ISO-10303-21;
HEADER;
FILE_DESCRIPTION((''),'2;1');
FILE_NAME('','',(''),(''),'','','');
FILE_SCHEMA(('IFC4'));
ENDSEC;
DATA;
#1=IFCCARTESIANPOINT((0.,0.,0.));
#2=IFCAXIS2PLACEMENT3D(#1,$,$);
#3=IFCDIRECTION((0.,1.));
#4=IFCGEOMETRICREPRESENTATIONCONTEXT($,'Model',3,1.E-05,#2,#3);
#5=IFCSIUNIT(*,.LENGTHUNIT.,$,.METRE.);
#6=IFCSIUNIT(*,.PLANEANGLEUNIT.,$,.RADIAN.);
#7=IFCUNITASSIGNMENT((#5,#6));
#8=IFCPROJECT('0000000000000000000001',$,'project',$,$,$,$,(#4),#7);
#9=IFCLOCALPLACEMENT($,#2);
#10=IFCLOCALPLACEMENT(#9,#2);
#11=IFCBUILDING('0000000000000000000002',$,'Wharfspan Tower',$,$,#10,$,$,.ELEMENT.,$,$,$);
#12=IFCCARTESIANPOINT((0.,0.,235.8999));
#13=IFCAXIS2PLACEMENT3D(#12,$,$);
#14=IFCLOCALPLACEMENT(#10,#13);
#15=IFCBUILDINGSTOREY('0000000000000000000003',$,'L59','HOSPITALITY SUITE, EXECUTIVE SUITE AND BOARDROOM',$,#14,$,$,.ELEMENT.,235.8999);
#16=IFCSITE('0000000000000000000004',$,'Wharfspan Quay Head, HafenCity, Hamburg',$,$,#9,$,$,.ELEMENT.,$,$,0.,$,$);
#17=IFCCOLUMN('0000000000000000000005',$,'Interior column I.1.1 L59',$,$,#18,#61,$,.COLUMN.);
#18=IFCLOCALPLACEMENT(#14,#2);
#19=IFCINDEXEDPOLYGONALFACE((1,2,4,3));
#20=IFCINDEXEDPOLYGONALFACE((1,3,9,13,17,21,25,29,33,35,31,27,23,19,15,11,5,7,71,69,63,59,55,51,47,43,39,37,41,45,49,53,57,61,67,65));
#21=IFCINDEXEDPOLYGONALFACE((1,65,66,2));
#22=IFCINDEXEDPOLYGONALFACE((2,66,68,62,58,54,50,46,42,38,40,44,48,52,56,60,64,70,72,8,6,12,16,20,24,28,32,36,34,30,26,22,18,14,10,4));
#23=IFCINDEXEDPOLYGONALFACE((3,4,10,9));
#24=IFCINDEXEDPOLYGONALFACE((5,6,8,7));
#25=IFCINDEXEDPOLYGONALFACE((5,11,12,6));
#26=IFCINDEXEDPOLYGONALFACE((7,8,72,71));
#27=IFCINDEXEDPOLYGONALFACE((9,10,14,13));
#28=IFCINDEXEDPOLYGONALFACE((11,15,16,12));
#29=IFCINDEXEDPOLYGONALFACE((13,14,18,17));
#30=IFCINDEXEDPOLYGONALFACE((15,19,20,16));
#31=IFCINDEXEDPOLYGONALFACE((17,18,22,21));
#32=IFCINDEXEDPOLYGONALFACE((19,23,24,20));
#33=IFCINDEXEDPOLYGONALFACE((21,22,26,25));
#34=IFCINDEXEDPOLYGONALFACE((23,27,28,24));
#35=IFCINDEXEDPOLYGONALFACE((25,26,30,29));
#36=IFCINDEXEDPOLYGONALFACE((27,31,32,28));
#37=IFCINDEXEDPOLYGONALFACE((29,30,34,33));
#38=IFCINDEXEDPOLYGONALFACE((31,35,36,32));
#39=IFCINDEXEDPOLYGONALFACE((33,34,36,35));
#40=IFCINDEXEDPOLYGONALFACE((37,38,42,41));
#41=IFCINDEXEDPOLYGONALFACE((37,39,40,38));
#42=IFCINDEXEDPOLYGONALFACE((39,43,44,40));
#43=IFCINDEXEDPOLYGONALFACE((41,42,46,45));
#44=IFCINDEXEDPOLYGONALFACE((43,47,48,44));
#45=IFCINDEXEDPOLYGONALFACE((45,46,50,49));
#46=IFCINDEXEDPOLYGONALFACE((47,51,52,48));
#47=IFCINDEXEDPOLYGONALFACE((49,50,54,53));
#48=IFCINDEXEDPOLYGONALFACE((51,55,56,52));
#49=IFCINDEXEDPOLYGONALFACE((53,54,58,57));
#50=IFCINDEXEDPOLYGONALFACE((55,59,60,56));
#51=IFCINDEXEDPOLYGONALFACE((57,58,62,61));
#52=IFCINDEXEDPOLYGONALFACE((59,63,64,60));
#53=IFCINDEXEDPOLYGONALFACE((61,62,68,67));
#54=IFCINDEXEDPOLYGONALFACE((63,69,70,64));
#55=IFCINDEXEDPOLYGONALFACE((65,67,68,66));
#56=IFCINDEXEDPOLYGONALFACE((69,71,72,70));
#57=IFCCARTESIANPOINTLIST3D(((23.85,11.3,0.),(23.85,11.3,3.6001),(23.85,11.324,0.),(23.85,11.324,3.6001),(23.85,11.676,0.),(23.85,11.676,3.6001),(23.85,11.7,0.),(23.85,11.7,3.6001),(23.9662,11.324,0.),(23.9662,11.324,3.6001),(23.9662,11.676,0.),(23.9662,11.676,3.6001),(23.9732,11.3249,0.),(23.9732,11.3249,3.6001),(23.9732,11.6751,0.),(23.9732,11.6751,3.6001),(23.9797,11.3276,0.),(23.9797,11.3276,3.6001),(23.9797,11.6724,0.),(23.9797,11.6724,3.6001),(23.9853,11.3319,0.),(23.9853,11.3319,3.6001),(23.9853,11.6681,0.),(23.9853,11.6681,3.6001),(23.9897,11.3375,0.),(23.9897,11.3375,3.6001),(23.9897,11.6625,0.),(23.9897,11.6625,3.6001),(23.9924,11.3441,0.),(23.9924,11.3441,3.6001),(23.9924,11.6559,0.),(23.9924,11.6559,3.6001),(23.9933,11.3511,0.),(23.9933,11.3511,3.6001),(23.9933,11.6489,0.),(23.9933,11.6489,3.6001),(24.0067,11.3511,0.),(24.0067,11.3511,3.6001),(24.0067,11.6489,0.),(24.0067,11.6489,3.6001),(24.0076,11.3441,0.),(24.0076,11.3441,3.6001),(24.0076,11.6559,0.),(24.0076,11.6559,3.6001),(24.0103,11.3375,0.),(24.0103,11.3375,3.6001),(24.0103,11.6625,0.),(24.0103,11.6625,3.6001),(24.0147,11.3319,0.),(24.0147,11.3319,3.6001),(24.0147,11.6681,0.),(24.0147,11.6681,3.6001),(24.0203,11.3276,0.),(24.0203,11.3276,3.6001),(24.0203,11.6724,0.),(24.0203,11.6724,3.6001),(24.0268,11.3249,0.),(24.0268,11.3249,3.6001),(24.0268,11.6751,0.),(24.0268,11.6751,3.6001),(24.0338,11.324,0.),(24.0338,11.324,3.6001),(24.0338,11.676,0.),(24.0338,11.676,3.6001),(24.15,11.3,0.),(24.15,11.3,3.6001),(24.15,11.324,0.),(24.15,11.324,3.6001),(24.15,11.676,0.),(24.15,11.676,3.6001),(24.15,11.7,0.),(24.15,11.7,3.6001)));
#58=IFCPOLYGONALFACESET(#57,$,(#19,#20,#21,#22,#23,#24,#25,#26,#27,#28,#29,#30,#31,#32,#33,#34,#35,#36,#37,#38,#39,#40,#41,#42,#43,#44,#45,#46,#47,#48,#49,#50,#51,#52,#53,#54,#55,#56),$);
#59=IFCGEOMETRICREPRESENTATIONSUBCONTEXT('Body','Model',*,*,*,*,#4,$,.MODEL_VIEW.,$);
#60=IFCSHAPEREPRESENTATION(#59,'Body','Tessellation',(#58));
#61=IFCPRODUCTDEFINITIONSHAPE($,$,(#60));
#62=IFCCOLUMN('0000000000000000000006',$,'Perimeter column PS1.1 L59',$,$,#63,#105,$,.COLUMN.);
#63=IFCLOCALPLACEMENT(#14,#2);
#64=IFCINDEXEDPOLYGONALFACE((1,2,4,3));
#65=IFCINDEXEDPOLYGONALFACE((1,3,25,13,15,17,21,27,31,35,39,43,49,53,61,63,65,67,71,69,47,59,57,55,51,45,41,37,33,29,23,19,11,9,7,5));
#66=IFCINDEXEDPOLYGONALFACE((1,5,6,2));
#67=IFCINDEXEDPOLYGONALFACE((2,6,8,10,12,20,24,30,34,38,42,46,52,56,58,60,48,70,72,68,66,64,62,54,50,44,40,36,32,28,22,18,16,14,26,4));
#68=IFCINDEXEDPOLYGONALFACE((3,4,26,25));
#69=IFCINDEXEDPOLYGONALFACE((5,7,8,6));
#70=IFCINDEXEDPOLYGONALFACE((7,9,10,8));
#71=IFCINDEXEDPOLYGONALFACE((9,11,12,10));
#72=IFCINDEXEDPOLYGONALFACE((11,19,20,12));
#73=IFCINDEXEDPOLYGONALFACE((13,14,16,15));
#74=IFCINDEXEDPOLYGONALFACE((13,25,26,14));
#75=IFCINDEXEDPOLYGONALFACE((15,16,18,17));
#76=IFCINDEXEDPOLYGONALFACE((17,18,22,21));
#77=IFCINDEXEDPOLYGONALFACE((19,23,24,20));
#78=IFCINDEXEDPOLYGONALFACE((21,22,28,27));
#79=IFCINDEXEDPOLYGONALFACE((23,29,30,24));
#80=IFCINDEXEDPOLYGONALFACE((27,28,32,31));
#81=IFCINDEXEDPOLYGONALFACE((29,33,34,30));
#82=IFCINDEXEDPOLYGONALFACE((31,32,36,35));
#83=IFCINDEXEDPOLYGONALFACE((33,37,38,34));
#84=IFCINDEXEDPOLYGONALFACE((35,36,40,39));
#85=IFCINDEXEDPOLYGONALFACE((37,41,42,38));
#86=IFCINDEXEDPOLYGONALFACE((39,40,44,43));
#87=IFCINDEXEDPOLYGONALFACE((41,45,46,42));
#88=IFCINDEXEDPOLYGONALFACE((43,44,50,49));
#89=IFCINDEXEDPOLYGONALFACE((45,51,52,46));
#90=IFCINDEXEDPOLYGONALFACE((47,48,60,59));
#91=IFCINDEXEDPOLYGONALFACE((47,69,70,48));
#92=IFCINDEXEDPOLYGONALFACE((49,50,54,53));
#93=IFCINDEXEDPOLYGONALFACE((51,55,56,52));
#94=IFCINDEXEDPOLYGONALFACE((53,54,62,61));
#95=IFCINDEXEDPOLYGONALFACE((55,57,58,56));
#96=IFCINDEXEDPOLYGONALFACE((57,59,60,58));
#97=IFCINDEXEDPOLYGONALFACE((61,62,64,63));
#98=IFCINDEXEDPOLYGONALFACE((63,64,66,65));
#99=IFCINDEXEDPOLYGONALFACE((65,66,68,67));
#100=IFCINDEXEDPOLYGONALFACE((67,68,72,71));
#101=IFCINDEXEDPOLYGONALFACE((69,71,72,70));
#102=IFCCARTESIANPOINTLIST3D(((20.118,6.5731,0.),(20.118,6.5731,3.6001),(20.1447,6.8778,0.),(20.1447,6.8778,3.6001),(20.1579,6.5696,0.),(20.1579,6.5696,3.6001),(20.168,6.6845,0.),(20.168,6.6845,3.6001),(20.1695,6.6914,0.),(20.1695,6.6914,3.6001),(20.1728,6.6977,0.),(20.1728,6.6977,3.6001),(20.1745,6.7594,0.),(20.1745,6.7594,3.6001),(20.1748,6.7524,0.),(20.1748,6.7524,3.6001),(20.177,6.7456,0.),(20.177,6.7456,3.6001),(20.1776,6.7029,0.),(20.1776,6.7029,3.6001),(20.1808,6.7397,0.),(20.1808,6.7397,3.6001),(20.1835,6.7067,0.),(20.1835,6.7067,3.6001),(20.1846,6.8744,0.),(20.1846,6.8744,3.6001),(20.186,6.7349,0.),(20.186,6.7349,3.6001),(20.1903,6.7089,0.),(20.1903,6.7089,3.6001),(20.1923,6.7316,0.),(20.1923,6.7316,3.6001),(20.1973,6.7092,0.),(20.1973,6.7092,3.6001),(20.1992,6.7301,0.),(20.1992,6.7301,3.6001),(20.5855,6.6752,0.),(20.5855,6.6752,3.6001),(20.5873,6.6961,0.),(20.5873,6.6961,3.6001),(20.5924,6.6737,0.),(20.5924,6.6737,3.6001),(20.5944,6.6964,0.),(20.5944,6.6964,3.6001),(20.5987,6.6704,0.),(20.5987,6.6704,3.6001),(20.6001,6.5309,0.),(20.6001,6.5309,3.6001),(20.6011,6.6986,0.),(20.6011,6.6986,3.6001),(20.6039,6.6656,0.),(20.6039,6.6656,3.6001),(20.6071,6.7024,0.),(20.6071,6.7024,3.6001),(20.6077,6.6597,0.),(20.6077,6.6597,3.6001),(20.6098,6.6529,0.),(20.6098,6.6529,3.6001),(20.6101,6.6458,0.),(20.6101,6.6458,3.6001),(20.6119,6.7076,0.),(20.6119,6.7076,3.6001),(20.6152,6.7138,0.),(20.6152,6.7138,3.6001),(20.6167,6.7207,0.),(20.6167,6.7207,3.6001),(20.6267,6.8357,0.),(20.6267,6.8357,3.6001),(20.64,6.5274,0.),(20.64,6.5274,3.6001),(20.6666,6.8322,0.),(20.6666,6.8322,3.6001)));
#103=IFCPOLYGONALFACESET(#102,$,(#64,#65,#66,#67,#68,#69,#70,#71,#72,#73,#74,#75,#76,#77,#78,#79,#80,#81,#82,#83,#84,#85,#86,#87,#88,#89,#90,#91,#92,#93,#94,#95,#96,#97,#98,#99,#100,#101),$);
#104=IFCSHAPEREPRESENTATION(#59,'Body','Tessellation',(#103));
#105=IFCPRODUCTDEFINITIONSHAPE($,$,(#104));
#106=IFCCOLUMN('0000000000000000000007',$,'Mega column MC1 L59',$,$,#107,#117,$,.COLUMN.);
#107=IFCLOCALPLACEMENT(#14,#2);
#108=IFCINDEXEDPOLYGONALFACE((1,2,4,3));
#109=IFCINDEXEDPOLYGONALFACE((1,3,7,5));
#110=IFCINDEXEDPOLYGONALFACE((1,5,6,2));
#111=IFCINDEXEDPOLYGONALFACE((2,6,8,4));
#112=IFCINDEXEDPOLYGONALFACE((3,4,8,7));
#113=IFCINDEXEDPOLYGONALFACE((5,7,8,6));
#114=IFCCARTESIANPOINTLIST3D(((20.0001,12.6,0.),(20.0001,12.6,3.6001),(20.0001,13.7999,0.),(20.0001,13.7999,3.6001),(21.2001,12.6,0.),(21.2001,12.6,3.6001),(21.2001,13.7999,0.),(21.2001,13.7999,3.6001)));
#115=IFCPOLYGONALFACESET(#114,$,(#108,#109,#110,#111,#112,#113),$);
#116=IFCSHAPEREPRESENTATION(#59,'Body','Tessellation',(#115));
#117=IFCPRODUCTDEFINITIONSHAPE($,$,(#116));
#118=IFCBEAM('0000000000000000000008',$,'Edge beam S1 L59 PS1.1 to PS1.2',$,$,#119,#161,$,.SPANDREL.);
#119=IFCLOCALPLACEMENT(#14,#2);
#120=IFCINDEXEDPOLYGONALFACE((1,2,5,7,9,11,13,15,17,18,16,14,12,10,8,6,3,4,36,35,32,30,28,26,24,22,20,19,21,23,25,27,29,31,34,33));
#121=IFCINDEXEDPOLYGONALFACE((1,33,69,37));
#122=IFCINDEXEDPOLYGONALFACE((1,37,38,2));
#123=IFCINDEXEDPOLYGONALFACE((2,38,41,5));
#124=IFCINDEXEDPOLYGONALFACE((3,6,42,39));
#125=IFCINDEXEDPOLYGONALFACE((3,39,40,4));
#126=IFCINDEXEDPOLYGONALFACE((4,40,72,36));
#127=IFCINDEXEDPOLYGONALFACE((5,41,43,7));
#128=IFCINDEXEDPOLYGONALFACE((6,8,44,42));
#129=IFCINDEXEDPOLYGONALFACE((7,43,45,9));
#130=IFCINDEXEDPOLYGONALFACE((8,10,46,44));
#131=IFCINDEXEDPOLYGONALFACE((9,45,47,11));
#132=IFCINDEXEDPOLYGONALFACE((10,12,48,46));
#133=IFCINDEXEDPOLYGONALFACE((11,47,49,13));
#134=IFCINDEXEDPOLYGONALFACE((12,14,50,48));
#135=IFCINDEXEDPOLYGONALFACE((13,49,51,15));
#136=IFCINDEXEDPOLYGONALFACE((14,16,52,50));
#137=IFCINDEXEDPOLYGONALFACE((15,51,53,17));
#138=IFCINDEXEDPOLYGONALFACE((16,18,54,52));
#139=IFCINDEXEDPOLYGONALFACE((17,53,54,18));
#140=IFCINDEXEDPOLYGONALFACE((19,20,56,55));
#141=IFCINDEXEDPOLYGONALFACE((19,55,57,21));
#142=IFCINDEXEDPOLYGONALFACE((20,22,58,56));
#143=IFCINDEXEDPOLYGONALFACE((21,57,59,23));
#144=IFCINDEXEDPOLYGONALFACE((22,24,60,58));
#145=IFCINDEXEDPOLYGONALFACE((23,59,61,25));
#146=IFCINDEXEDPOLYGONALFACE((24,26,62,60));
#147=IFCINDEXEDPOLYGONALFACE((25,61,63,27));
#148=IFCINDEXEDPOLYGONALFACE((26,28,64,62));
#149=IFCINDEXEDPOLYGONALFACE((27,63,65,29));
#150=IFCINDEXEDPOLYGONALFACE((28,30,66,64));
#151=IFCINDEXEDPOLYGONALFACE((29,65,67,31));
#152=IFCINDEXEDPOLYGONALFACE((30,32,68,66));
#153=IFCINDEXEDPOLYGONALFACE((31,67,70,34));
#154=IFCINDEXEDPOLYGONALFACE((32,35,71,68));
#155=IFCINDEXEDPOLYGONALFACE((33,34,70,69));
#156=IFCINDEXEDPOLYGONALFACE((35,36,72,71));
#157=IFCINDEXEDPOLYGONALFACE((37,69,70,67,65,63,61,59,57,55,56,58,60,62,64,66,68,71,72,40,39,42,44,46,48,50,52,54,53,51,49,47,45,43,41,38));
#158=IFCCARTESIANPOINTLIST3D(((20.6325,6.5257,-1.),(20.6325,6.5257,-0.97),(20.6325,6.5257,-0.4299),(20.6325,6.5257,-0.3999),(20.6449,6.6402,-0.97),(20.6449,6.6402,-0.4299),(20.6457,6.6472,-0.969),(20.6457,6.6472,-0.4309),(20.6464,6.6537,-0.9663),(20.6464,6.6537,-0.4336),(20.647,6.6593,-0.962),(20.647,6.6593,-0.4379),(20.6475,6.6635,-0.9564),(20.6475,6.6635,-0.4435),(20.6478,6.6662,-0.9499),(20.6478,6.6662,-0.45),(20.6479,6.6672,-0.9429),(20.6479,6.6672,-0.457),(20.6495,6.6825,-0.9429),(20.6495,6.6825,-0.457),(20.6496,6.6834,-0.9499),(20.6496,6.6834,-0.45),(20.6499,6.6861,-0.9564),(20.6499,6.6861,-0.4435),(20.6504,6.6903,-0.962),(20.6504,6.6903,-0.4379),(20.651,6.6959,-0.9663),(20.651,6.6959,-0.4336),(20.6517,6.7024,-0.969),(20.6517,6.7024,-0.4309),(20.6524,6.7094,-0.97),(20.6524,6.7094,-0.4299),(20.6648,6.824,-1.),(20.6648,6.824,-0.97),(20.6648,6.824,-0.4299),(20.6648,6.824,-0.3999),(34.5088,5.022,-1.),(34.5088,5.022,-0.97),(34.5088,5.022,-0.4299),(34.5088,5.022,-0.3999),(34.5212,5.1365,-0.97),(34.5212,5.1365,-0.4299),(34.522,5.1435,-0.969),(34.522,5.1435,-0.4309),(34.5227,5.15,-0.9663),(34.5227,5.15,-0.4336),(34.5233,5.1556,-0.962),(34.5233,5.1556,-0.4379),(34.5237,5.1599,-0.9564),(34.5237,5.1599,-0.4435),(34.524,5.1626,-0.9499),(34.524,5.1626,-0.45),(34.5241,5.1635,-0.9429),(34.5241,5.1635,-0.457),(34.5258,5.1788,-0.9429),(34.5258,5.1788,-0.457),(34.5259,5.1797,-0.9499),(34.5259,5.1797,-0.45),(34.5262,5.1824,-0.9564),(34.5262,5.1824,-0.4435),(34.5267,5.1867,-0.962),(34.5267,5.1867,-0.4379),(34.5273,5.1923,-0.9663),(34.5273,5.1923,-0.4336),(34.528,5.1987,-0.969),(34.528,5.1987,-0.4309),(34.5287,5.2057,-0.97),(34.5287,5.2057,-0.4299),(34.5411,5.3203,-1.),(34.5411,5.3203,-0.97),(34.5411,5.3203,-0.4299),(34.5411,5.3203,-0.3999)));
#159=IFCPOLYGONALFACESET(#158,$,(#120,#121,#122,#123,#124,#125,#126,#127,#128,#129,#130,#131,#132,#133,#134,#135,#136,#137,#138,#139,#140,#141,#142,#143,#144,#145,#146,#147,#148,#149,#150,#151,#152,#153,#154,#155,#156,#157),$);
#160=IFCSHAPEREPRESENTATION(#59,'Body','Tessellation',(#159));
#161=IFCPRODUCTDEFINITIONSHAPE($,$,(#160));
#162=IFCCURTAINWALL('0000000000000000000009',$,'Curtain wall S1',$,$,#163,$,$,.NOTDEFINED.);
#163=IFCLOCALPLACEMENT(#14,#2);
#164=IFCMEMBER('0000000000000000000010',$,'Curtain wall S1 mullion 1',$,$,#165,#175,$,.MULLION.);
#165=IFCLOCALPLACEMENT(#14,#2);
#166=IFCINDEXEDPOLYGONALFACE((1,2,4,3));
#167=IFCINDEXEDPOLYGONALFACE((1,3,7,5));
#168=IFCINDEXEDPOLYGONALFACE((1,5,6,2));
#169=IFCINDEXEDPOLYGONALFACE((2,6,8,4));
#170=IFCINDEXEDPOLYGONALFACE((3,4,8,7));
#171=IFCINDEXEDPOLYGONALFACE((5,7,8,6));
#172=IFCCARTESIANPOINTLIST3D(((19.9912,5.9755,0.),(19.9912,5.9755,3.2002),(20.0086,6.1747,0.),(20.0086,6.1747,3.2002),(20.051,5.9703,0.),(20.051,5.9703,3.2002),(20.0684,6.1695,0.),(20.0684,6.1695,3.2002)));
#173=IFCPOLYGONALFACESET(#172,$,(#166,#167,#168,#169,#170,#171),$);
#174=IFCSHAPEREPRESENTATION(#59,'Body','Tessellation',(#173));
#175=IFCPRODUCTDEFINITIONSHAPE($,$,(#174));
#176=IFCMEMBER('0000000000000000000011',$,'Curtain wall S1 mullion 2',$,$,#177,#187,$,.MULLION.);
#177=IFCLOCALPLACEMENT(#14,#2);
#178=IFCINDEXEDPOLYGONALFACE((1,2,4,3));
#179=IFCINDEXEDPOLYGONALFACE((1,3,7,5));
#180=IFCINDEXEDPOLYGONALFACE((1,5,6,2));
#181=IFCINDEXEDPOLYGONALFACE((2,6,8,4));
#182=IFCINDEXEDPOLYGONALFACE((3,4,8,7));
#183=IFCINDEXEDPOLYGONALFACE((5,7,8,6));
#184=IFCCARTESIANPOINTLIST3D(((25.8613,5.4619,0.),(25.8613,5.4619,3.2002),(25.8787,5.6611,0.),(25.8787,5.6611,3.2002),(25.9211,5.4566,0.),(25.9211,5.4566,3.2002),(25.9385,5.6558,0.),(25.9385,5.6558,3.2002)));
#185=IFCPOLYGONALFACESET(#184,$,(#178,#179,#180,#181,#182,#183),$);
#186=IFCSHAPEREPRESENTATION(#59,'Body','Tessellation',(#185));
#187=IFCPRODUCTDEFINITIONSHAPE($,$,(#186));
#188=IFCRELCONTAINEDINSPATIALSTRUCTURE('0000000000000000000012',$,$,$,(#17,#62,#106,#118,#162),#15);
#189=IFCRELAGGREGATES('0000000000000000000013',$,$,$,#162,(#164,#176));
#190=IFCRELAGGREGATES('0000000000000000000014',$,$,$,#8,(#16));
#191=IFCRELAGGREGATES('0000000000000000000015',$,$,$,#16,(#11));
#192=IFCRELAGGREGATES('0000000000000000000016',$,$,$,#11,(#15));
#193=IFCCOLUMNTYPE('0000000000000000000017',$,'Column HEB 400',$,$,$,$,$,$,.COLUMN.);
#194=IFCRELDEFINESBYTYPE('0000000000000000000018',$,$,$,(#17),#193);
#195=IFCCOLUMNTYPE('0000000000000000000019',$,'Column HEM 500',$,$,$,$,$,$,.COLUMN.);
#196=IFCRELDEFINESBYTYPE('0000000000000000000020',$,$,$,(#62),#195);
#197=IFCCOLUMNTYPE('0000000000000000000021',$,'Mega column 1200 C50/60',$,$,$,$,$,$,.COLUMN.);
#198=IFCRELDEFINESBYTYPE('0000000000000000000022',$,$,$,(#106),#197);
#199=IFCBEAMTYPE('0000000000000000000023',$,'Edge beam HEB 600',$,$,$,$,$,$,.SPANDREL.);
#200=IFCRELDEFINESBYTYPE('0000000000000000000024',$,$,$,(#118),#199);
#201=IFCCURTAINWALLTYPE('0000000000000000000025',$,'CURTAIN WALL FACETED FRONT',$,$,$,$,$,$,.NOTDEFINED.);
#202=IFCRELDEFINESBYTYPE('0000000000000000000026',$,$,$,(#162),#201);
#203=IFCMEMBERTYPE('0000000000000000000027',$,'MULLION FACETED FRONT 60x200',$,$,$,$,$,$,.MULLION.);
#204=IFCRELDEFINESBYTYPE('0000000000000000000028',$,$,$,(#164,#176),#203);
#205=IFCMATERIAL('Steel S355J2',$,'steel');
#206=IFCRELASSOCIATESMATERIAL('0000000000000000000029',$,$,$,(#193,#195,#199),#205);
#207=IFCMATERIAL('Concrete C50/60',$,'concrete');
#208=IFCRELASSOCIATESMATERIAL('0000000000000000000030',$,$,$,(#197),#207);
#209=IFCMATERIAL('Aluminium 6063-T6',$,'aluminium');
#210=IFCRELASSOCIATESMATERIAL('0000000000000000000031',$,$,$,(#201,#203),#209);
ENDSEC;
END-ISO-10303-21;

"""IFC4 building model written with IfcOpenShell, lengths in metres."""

from ifc_helpers import new_model, si_unit, direction, frame, origin, origin_2d, place, context, subcontext, project, spatial, rectangle, i_section, extrude, material, material_profile, profile_set, type_object, element, aggregate, save


model = new_model("IFC4")

# Units and contexts
model_context = context("Model", 3, precision=1e-05, world=origin(), true_north=direction((0.0, 1.0)))
body_context = subcontext(model_context, "Body", "Model", "MODEL_VIEW")
ifc_project = project(units=[si_unit("LENGTHUNIT", "METRE"), si_unit("PLANEANGLEUNIT", "RADIAN")], contexts=[model_context])

# Site, building, storey
site_placement = place(None, origin())
site = spatial("IfcSite", under=ifc_project, at=site_placement, Name="Wharfspan Quay Head, HafenCity, Hamburg", CompositionType="ELEMENT", RefElevation=0.0)
building_placement = place(site_placement, origin())
building = spatial("IfcBuilding", under=site, at=building_placement, Name="Wharfspan Tower", CompositionType="ELEMENT")
storey_placement = place(building_placement, frame((0.0, 0.0, 235.8999)))
storey = spatial("IfcBuildingStorey", under=building, at=storey_placement, Name="L59", Description="HOSPITALITY SUITE, EXECUTIVE SUITE AND BOARDROOM", CompositionType="ELEMENT", Elevation=235.8999)

# Columns
ifc_material_1 = material(Name="Steel S355J2", Category="steel")
ifc_material_profile_1 = material_profile(ifc_material_1, i_section(OverallWidth=0.3, OverallDepth=0.3999, WebThickness=0.0134, FlangeThickness=0.0239, FilletRadius=0.0271, at=origin_2d()))
ifc_profile_set_1 = profile_set([ifc_material_profile_1], Name="Steel S355J2")
column_type_1 = type_object("IfcColumnType", Name="Column HEB 400", PredefinedType="COLUMN", material=ifc_profile_set_1)
column_1_placement = place(storey_placement, frame((24.0, 11.5, 0.0), z_axis=(0.0, 0.0, 1.0), x_axis=(1.0, 0.0, 0.0)))
element("IfcColumn", 1, at=column_1_placement, inside=storey, type_object=column_type_1, Name="Interior column I.1.1 L59", PredefinedType="COLUMN", context=body_context, shape_type="SweptSolid", body=[
    extrude(i_section(OverallWidth=0.3, OverallDepth=0.3999, WebThickness=0.0134, FlangeThickness=0.0239, FilletRadius=0.0271, at=origin_2d()), origin(), (0.0, 0.0, 1.0), 3.6001),
])
ifc_material_profile_2 = material_profile(ifc_material_1, i_section(OverallWidth=0.3059, OverallDepth=0.5239, WebThickness=0.021, FlangeThickness=0.04, FilletRadius=0.0271, at=origin_2d()))
ifc_profile_set_2 = profile_set([ifc_material_profile_2], Name="Steel S355J2")
column_type_2 = type_object("IfcColumnType", Name="Column HEM 500", PredefinedType="COLUMN", material=ifc_profile_set_2)
column_2_placement = place(storey_placement, frame((20.3923, 6.7026, 0.0), z_axis=(0.0, 0.0, 1.0), x_axis=(-0.087156, -0.996197, 0.0)))
element("IfcColumn", 2, at=column_2_placement, inside=storey, type_object=column_type_2, Name="Perimeter column PS1.1 L59", PredefinedType="COLUMN", context=body_context, shape_type="SweptSolid", body=[
    extrude(i_section(OverallWidth=0.3059, OverallDepth=0.5239, WebThickness=0.021, FlangeThickness=0.04, FilletRadius=0.0271, at=origin_2d()), origin(), (0.0, 0.0, 1.0), 3.6001),
])
ifc_material_2 = material(Name="Concrete C50/60", Category="concrete")
ifc_material_profile_3 = material_profile(ifc_material_2, rectangle(XDim=1.2, YDim=1.2, at=origin_2d()))
ifc_profile_set_3 = profile_set([ifc_material_profile_3], Name="Concrete C50/60")
column_type_3 = type_object("IfcColumnType", Name="Mega column 1200 C50/60", PredefinedType="COLUMN", material=ifc_profile_set_3)
column_3_placement = place(storey_placement, frame((20.6001, 13.2, 0.0), z_axis=(0.0, 0.0, 1.0), x_axis=(1.0, 0.0, 0.0)))
element("IfcColumn", 3, at=column_3_placement, inside=storey, type_object=column_type_3, Name="Mega column MC1 L59", PredefinedType="COLUMN", context=body_context, shape_type="SweptSolid", body=[
    extrude(rectangle(XDim=1.2, YDim=1.2, at=origin_2d()), origin(), (0.0, 0.0, 1.0), 3.6001),
])

# Beam
ifc_material_profile_4 = material_profile(ifc_material_1, i_section(OverallWidth=0.3, OverallDepth=0.6001, WebThickness=0.0154, FlangeThickness=0.03, FilletRadius=0.0271, at=origin_2d()))
ifc_profile_set_4 = profile_set([ifc_material_profile_4], Name="Steel S355J2")
beam_type = type_object("IfcBeamType", Name="Edge beam HEB 600", PredefinedType="SPANDREL", material=ifc_profile_set_4)
beam_placement = place(storey_placement, frame((20.6487, 6.6748, -0.7), z_axis=(0.99418, -0.107732, 0.0), x_axis=(0.107732, 0.99418, 0.0)))
element("IfcBeam", 4, at=beam_placement, inside=storey, type_object=beam_type, Name="Edge beam S1 L59 PS1.1 to PS1.2", PredefinedType="SPANDREL", context=body_context, shape_type="SweptSolid", body=[
    extrude(i_section(OverallWidth=0.3, OverallDepth=0.6001, WebThickness=0.0154, FlangeThickness=0.03, FilletRadius=0.0271, at=origin_2d()), origin(), (0.0, 0.0, 1.0), 13.9575),
])

# Curtain wall, members
ifc_material_3 = material(Name="Aluminium 6063-T6", Category="aluminium")
curtain_wall_type_1 = type_object("IfcCurtainWallType", Name="CURTAIN WALL FACETED FRONT", PredefinedType="NOTDEFINED", material=ifc_material_3)
curtain_wall_1_placement = place(storey_placement, origin())
curtain_wall_1 = element("IfcCurtainWall", 5, at=curtain_wall_1_placement, inside=storey, type_object=curtain_wall_type_1, Name="Curtain wall S1", PredefinedType="NOTDEFINED")
ifc_material_profile_5 = material_profile(ifc_material_3, rectangle(XDim=0.2, YDim=0.0601, at=origin_2d()))
ifc_profile_set_5 = profile_set([ifc_material_profile_5], Name="Aluminium 6063-T6")
member_type_1 = type_object("IfcMemberType", Name="MULLION FACETED FRONT 60x200", PredefinedType="MULLION", material=ifc_profile_set_5)
member_1_placement = place(storey_placement, frame((20.0298, 6.0725, 0.0), z_axis=(0.0, 0.0, 1.0), x_axis=(0.087156, 0.996197, 0.0)))
member_1 = element("IfcMember", 6, at=member_1_placement, type_object=member_type_1, Name="Curtain wall S1 mullion 1", PredefinedType="MULLION", context=body_context, shape_type="SweptSolid", body=[
    extrude(rectangle(XDim=0.2, YDim=0.0601, at=origin_2d()), origin(), (0.0, 0.0, 1.0), 3.2002),
])
member_2_placement = place(storey_placement, frame((25.8999, 5.5588, 0.0), z_axis=(0.0, 0.0, 1.0), x_axis=(0.087156, 0.996197, 0.0)))
member_2 = element("IfcMember", 7, at=member_2_placement, type_object=member_type_1, Name="Curtain wall S1 mullion 2", PredefinedType="MULLION", context=body_context, shape_type="SweptSolid", body=[
    extrude(rectangle(XDim=0.2, YDim=0.0601, at=origin_2d()), origin(), (0.0, 0.0, 1.0), 3.2002),
])

aggregate(curtain_wall_1, [member_1, member_2])

save(model, "model.ifc")
